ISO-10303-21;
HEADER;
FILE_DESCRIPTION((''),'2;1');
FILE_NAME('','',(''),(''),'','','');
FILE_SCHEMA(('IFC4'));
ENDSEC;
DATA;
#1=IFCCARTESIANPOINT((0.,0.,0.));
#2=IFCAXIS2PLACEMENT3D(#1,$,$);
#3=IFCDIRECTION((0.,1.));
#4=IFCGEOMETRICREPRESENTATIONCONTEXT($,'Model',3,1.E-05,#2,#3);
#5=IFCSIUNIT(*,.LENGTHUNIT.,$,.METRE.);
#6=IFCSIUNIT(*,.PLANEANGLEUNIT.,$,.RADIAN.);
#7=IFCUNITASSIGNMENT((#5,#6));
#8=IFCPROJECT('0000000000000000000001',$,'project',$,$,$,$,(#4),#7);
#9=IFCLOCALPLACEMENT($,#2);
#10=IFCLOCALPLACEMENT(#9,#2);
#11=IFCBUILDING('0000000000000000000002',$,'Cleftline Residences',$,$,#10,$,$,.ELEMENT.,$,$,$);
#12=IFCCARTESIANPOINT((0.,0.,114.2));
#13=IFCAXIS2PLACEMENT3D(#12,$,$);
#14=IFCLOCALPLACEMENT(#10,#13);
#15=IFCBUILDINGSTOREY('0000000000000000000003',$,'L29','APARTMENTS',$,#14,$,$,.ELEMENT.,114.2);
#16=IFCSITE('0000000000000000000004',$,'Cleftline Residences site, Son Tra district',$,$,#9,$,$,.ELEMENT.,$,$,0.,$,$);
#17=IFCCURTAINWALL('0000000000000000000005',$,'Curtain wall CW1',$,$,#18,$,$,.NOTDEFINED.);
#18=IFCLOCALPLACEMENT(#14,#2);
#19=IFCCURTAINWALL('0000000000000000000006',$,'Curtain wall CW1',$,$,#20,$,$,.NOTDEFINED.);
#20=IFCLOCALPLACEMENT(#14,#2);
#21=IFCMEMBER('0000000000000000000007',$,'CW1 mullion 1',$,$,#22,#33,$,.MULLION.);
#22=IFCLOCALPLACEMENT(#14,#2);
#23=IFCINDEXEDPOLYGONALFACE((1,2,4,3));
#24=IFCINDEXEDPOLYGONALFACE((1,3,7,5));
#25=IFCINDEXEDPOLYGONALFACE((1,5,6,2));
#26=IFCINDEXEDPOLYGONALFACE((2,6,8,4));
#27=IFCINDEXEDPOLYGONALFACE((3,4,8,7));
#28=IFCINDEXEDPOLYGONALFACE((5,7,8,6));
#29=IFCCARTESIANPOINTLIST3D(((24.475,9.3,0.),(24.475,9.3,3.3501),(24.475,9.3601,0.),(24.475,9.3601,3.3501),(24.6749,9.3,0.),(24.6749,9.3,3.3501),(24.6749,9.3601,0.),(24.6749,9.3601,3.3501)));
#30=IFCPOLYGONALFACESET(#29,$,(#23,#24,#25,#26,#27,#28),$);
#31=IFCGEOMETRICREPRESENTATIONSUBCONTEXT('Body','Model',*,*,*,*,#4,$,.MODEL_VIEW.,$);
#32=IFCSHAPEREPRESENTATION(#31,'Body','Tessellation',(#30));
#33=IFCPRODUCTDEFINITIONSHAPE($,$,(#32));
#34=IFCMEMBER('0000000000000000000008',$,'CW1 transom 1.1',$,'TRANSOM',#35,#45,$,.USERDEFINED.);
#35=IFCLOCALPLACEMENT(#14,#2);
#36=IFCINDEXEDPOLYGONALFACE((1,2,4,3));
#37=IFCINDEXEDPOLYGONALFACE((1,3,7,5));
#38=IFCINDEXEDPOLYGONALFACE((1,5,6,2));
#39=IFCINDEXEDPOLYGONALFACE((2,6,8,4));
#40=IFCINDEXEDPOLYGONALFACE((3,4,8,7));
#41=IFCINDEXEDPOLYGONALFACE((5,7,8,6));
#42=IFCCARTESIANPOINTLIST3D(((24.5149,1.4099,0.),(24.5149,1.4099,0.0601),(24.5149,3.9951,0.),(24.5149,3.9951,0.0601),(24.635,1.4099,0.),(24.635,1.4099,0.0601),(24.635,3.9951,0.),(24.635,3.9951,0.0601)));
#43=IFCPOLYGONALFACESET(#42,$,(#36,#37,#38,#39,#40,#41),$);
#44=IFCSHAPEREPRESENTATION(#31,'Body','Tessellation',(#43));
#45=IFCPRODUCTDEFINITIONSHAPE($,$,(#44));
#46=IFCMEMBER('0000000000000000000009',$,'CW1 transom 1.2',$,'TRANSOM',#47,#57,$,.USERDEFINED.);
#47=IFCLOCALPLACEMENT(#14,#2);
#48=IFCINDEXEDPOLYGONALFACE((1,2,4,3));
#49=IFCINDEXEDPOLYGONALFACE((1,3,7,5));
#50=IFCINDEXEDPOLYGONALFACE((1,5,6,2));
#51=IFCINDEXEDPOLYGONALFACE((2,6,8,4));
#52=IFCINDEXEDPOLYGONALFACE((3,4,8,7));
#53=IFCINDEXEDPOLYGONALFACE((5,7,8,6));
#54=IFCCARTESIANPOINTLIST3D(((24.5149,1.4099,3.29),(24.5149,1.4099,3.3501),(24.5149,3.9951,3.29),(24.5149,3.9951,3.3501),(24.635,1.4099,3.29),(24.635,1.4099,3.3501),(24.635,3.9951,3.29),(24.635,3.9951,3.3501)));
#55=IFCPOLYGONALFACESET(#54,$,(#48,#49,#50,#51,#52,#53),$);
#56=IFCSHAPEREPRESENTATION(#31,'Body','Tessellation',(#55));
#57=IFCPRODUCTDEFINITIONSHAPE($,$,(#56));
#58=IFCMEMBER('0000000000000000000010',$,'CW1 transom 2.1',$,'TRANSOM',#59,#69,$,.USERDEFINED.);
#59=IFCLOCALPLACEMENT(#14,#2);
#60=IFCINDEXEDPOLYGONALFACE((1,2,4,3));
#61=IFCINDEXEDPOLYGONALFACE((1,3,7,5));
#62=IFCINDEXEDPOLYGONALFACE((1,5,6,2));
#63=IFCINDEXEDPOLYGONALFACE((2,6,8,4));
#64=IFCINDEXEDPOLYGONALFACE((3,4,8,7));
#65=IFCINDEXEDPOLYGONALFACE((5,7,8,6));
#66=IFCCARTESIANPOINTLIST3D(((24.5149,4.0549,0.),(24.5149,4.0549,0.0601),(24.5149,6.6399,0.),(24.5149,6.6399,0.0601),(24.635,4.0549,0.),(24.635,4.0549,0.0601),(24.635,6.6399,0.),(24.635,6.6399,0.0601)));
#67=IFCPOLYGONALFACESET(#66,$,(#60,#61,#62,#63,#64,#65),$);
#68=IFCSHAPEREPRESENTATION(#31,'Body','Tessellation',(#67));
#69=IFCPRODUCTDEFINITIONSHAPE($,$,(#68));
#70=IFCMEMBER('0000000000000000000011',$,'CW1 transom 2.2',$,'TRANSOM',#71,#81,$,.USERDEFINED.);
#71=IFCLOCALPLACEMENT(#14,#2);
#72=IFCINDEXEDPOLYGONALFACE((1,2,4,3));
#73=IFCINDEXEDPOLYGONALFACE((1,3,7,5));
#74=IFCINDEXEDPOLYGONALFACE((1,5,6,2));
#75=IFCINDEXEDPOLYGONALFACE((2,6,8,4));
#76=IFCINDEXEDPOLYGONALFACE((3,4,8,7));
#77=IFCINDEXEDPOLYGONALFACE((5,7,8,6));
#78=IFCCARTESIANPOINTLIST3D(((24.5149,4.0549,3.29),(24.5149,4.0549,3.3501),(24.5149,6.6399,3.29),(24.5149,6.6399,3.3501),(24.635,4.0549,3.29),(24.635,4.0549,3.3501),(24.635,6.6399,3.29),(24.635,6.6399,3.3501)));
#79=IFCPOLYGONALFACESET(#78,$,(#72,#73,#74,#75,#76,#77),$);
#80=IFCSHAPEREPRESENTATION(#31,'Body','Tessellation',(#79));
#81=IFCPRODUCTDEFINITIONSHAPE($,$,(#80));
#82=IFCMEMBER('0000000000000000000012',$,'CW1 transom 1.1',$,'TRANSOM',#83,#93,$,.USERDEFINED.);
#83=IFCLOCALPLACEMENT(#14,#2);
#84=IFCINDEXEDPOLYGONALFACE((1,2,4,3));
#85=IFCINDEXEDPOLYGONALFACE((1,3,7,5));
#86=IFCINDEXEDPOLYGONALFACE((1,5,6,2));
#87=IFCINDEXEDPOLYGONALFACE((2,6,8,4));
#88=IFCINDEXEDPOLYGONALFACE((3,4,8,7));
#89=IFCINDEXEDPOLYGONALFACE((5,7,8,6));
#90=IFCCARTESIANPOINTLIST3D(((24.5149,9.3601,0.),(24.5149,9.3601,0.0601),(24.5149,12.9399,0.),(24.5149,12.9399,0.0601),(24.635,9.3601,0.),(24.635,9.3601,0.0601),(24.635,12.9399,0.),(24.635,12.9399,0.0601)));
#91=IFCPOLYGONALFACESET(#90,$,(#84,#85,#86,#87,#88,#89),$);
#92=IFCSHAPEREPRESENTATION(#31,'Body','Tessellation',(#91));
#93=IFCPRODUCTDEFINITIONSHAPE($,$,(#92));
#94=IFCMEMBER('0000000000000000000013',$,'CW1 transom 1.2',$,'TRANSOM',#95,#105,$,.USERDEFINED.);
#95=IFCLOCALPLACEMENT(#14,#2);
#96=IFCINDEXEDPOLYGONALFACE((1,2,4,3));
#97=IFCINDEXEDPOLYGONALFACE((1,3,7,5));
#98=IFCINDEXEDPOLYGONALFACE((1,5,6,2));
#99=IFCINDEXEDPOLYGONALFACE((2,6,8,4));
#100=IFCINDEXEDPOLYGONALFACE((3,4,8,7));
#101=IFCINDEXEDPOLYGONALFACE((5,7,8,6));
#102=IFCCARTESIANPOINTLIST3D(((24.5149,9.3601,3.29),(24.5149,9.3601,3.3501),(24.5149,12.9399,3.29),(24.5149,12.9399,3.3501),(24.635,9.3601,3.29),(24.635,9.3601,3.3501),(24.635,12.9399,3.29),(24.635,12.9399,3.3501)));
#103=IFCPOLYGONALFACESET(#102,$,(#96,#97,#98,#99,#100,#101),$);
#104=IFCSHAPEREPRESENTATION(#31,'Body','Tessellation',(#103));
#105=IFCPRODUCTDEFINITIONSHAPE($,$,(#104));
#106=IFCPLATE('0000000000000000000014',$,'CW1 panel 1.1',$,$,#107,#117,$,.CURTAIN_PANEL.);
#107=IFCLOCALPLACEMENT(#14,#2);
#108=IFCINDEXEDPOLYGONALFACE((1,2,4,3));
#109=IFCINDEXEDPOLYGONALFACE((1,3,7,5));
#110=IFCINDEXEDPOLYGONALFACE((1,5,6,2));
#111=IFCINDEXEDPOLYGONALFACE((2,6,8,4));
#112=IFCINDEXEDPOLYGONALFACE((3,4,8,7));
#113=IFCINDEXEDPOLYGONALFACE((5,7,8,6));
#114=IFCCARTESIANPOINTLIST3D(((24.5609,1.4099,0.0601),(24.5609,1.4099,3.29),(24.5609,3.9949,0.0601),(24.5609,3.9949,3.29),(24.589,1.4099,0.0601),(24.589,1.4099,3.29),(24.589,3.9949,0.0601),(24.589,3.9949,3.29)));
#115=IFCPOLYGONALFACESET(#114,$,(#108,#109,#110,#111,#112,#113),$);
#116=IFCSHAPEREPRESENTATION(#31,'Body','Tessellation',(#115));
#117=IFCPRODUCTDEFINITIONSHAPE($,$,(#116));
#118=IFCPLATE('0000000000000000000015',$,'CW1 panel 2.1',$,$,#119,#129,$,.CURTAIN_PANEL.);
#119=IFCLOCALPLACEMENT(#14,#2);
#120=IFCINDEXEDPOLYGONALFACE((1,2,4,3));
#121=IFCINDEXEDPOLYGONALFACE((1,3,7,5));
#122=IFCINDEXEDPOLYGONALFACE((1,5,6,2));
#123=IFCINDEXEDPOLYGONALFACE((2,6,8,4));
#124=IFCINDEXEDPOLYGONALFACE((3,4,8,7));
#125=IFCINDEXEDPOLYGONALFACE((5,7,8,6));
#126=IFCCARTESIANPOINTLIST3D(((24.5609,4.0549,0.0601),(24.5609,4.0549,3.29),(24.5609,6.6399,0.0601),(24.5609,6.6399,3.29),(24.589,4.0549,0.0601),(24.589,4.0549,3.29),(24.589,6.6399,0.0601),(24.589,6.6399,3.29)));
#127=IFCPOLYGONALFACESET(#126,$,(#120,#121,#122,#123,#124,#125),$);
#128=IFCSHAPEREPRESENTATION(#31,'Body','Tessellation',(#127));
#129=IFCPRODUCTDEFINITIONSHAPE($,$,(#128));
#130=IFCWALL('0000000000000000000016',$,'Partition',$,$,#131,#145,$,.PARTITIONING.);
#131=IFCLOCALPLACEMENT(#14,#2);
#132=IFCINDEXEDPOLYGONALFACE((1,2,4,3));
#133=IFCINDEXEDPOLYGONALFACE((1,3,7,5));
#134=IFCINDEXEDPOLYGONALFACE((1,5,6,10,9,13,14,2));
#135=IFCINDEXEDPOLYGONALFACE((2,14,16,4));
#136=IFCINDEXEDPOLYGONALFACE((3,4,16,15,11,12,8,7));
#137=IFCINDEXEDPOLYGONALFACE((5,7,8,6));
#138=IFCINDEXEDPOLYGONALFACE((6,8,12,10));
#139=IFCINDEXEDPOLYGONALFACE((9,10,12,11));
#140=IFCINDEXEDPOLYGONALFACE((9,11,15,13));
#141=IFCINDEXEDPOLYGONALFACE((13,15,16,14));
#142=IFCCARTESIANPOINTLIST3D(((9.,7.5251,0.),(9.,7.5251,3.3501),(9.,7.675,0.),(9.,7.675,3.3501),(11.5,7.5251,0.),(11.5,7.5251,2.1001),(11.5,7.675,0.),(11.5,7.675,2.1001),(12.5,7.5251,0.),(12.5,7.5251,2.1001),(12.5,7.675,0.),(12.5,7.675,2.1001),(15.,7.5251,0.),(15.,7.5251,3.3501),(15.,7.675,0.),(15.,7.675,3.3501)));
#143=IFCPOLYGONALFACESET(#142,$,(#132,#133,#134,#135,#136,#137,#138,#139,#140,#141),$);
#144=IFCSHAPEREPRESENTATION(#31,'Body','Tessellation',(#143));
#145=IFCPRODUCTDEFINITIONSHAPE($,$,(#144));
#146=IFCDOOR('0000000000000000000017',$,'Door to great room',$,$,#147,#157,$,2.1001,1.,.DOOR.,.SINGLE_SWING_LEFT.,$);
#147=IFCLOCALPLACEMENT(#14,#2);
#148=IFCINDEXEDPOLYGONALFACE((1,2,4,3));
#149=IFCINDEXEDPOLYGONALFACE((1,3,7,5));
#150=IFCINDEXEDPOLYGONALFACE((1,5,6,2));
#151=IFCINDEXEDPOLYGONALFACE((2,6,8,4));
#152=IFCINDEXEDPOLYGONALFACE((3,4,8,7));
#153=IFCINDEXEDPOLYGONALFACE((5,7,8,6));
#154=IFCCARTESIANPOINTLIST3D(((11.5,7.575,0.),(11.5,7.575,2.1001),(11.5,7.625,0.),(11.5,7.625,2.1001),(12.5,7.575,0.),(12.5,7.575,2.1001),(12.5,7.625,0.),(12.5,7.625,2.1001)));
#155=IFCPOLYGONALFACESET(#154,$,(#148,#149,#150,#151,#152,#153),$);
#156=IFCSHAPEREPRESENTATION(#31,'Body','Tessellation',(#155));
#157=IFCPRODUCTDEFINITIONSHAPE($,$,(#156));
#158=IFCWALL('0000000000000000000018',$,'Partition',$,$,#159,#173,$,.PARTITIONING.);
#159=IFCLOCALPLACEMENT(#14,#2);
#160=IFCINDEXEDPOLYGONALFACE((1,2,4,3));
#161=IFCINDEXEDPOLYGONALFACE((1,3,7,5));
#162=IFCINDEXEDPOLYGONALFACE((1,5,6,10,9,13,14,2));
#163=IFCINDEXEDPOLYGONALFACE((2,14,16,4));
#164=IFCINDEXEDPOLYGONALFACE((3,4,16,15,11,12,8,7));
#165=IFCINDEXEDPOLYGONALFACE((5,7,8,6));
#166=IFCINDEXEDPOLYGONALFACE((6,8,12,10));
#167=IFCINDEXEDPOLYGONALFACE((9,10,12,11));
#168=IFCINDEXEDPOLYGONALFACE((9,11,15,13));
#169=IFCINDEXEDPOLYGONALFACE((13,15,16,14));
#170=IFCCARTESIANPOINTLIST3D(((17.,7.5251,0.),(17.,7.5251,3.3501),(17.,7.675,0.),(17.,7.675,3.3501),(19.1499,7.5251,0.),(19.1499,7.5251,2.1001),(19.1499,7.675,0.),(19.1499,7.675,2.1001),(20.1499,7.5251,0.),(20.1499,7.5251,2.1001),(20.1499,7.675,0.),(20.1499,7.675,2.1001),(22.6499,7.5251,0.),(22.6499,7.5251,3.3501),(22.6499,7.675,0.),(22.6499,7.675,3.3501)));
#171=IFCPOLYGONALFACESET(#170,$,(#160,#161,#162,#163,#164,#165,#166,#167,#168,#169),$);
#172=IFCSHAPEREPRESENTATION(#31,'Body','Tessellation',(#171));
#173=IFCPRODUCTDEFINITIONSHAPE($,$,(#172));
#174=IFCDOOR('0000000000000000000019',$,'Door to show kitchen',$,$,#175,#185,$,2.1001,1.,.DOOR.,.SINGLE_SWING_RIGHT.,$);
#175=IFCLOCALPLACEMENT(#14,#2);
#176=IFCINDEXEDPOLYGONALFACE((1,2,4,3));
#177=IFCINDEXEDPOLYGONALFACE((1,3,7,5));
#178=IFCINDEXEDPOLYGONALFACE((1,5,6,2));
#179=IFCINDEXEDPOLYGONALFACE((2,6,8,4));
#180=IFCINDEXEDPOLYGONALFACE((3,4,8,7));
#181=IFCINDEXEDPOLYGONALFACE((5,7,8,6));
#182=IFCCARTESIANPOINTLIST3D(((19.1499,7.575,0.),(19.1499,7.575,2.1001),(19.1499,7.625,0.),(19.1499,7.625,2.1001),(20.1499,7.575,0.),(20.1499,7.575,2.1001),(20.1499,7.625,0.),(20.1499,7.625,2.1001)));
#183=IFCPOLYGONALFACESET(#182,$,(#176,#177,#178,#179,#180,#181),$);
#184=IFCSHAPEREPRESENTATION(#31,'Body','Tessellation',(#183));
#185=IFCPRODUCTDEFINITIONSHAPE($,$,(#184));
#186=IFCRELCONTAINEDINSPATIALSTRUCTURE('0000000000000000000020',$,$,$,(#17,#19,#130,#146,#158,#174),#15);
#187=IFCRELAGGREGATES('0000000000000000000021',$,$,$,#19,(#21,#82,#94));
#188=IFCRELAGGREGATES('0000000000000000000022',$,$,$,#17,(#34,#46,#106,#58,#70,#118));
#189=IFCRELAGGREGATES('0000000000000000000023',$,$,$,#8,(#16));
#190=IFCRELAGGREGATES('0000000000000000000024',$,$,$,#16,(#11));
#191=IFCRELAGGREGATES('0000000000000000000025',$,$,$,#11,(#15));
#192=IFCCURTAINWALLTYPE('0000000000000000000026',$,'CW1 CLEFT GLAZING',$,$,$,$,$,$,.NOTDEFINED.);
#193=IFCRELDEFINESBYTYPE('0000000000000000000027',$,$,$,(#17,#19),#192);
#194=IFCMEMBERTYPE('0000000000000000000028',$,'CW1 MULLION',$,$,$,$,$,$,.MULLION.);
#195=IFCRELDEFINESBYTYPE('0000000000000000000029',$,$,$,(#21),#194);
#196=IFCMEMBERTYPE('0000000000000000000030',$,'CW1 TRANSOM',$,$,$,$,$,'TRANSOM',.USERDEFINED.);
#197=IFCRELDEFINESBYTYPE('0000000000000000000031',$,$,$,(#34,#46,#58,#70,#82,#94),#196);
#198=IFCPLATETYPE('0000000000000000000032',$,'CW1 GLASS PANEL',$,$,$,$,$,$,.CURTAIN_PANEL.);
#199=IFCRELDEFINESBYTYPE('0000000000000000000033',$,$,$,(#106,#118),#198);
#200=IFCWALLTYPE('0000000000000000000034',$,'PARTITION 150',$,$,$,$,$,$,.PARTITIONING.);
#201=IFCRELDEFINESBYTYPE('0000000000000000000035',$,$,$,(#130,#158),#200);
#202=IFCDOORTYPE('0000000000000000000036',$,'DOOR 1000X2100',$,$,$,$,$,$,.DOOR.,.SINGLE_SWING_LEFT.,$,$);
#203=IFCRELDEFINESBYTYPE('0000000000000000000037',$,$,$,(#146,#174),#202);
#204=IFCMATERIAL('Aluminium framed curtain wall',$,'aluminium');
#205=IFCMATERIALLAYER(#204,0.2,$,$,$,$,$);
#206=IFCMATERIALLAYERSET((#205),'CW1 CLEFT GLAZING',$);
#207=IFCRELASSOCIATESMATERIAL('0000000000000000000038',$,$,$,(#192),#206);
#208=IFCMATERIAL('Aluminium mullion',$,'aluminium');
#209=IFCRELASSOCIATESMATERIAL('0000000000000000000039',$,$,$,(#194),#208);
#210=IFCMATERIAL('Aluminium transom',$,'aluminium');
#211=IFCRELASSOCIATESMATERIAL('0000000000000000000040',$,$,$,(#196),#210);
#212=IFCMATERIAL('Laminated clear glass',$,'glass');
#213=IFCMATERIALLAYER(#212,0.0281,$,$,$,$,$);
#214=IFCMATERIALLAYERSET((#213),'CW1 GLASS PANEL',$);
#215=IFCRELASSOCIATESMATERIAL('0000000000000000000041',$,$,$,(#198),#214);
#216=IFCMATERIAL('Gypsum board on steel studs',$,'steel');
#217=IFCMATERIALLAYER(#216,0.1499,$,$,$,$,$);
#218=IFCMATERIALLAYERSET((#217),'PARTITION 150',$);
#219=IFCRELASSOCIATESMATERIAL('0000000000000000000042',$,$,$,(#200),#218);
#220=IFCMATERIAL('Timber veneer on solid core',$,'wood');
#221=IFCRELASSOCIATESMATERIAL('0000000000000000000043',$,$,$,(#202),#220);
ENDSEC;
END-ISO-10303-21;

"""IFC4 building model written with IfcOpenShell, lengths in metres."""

from ifc_helpers import new_model, si_unit, direction, frame, frame_2d, origin, origin_2d, place, context, subcontext, project, spatial, rectangle, extrude, material, layer, layer_set, material_profile, profile_set, type_object, element, fill, aggregate, save


model = new_model("IFC4")

# Units and contexts
model_context = context("Model", 3, precision=1e-05, world=origin(), true_north=direction((0.0, 1.0)))
body_context = subcontext(model_context, "Body", "Model", "MODEL_VIEW")
ifc_project = project(units=[si_unit("LENGTHUNIT", "METRE"), si_unit("PLANEANGLEUNIT", "RADIAN")], contexts=[model_context])

# Site, building, storey
site_placement = place(None, origin())
site = spatial("IfcSite", under=ifc_project, at=site_placement, Name="Cleftline Residences site, Son Tra district", CompositionType="ELEMENT", RefElevation=0.0)
building_placement = place(site_placement, origin())
building = spatial("IfcBuilding", under=site, at=building_placement, Name="Cleftline Residences", CompositionType="ELEMENT")
storey_placement = place(building_placement, frame((0.0, 0.0, 114.2)))
storey = spatial("IfcBuildingStorey", under=building, at=storey_placement, Name="L29", Description="APARTMENTS", CompositionType="ELEMENT", Elevation=114.2)

# Curtain wall
ifc_material_1 = material(Name="Aluminium framed curtain wall", Category="aluminium")
ifc_layer_1 = layer(ifc_material_1, 0.2)
ifc_layer_set_1 = layer_set([ifc_layer_1], Name="CW1 CLEFT GLAZING")
curtain_wall_type = type_object("IfcCurtainWallType", Name="CW1 CLEFT GLAZING", PredefinedType="NOTDEFINED", material=ifc_layer_set_1)
curtain_wall_1_placement = place(storey_placement, origin())
curtain_wall_1 = element("IfcCurtainWall", 1, at=curtain_wall_1_placement, inside=storey, type_object=curtain_wall_type, Name="Curtain wall CW1", PredefinedType="NOTDEFINED")
ifc_material_2 = material(Name="Aluminium mullion", Category="aluminium")
ifc_material_profile_1 = material_profile(ifc_material_2, rectangle(XDim=0.2, YDim=0.0601, at=origin_2d()))
ifc_profile_set_1 = profile_set([ifc_material_profile_1], Name="Aluminium mullion")
member_type_1 = type_object("IfcMemberType", Name="CW1 MULLION", PredefinedType="MULLION", material=ifc_profile_set_1)

# Curtain wall, member
curtain_wall_2_placement = place(storey_placement, origin())
curtain_wall_2 = element("IfcCurtainWall", 2, at=curtain_wall_2_placement, inside=storey, type_object=curtain_wall_type, Name="Curtain wall CW1", PredefinedType="NOTDEFINED")
member_1_placement = place(storey_placement, frame((24.575, 9.3301, 0.0), z_axis=(0.0, 0.0, 1.0), x_axis=(-1.0, 0.0, 0.0)))
member_1 = element("IfcMember", 3, at=member_1_placement, type_object=member_type_1, Name="CW1 mullion 1", PredefinedType="MULLION", context=body_context, shape_type="SweptSolid", body=[
    extrude(rectangle(XDim=0.2, YDim=0.0601, at=origin_2d()), origin(), (0.0, 0.0, 1.0), 3.3501),
])

# Members
ifc_material_3 = material(Name="Aluminium transom", Category="aluminium")
ifc_material_profile_2 = material_profile(ifc_material_3, rectangle(XDim=0.1201, YDim=0.0601, at=origin_2d()))
ifc_profile_set_2 = profile_set([ifc_material_profile_2], Name="Aluminium transom")
member_type_2 = type_object("IfcMemberType", Name="CW1 TRANSOM", ElementType="TRANSOM", PredefinedType="USERDEFINED", material=ifc_profile_set_2)
member_2_placement = place(storey_placement, frame((24.575, 1.4099, 0.03), z_axis=(0.0, 1.0, 0.0), x_axis=(-1.0, 0.0, 0.0)))
member_2 = element("IfcMember", 4, at=member_2_placement, type_object=member_type_2, Name="CW1 transom 1.1", ObjectType="TRANSOM", PredefinedType="USERDEFINED", context=body_context, shape_type="SweptSolid", body=[
    extrude(rectangle(XDim=0.1201, YDim=0.0601, at=origin_2d()), origin(), (0.0, 0.0, 1.0), 2.5852),
])
member_3_placement = place(storey_placement, frame((24.575, 1.4099, 3.3201), z_axis=(0.0, 1.0, 0.0), x_axis=(-1.0, 0.0, 0.0)))
member_3 = element("IfcMember", 5, at=member_3_placement, type_object=member_type_2, Name="CW1 transom 1.2", ObjectType="TRANSOM", PredefinedType="USERDEFINED", context=body_context, shape_type="SweptSolid", body=[
    extrude(rectangle(XDim=0.1201, YDim=0.0601, at=origin_2d()), origin(), (0.0, 0.0, 1.0), 2.5852),
])
member_4_placement = place(storey_placement, frame((24.575, 4.0549, 0.03), z_axis=(0.0, 1.0, 0.0), x_axis=(-1.0, 0.0, 0.0)))
member_4 = element("IfcMember", 6, at=member_4_placement, type_object=member_type_2, Name="CW1 transom 2.1", ObjectType="TRANSOM", PredefinedType="USERDEFINED", context=body_context, shape_type="SweptSolid", body=[
    extrude(rectangle(XDim=0.1201, YDim=0.0601, at=origin_2d()), origin(), (0.0, 0.0, 1.0), 2.585),
])
member_5_placement = place(storey_placement, frame((24.575, 4.0549, 3.3201), z_axis=(0.0, 1.0, 0.0), x_axis=(-1.0, 0.0, 0.0)))
member_5 = element("IfcMember", 7, at=member_5_placement, type_object=member_type_2, Name="CW1 transom 2.2", ObjectType="TRANSOM", PredefinedType="USERDEFINED", context=body_context, shape_type="SweptSolid", body=[
    extrude(rectangle(XDim=0.1201, YDim=0.0601, at=origin_2d()), origin(), (0.0, 0.0, 1.0), 2.585),
])
member_6_placement = place(storey_placement, frame((24.575, 9.3601, 0.03), z_axis=(0.0, 1.0, 0.0), x_axis=(-1.0, 0.0, 0.0)))
member_6 = element("IfcMember", 8, at=member_6_placement, type_object=member_type_2, Name="CW1 transom 1.1", ObjectType="TRANSOM", PredefinedType="USERDEFINED", context=body_context, shape_type="SweptSolid", body=[
    extrude(rectangle(XDim=0.1201, YDim=0.0601, at=origin_2d()), origin(), (0.0, 0.0, 1.0), 3.5798),
])
member_7_placement = place(storey_placement, frame((24.575, 9.3601, 3.3201), z_axis=(0.0, 1.0, 0.0), x_axis=(-1.0, 0.0, 0.0)))
member_7 = element("IfcMember", 9, at=member_7_placement, type_object=member_type_2, Name="CW1 transom 1.2", ObjectType="TRANSOM", PredefinedType="USERDEFINED", context=body_context, shape_type="SweptSolid", body=[
    extrude(rectangle(XDim=0.1201, YDim=0.0601, at=origin_2d()), origin(), (0.0, 0.0, 1.0), 3.5798),
])
aggregate(curtain_wall_2, [member_1, member_6, member_7])

# Plates
ifc_material_4 = material(Name="Laminated clear glass", Category="glass")
ifc_layer_2 = layer(ifc_material_4, 0.0281)
ifc_layer_set_2 = layer_set([ifc_layer_2], Name="CW1 GLASS PANEL")
plate_type = type_object("IfcPlateType", Name="CW1 GLASS PANEL", PredefinedType="CURTAIN_PANEL", material=ifc_layer_set_2)
plate_1_placement = place(storey_placement, frame((24.575, 2.7024, 0.0601), z_axis=(0.0, 0.0, 1.0), x_axis=(0.0, 1.0, 0.0)))
plate_1 = element("IfcPlate", 10, at=plate_1_placement, type_object=plate_type, Name="CW1 panel 1.1", PredefinedType="CURTAIN_PANEL", context=body_context, shape_type="SweptSolid", body=[
    extrude(rectangle(XDim=2.585, YDim=0.0281, at=origin_2d()), origin(), (0.0, 0.0, 1.0), 3.23),
])
plate_2_placement = place(storey_placement, frame((24.575, 5.3474, 0.0601), z_axis=(0.0, 0.0, 1.0), x_axis=(0.0, 1.0, 0.0)))
plate_2 = element("IfcPlate", 11, at=plate_2_placement, type_object=plate_type, Name="CW1 panel 2.1", PredefinedType="CURTAIN_PANEL", context=body_context, shape_type="SweptSolid", body=[
    extrude(rectangle(XDim=2.585, YDim=0.0281, at=origin_2d()), origin(), (0.0, 0.0, 1.0), 3.23),
])
aggregate(curtain_wall_1, [member_2, member_3, plate_1, member_4, member_5, plate_2])

# Walls, openings, doors
ifc_material_5 = material(Name="Gypsum board on steel studs", Category="steel")
ifc_layer_3 = layer(ifc_material_5, 0.1499)
ifc_layer_set_3 = layer_set([ifc_layer_3], Name="PARTITION 150")
wall_type = type_object("IfcWallType", Name="PARTITION 150", PredefinedType="PARTITIONING", material=ifc_layer_set_3)
wall_1_placement = place(storey_placement, frame((9.0, 7.6001, 0.0), z_axis=(0.0, 0.0, 1.0), x_axis=(1.0, 0.0, 0.0)))
wall_1 = element("IfcWall", 12, at=wall_1_placement, inside=storey, type_object=wall_type, Name="Partition", PredefinedType="PARTITIONING", context=body_context, shape_type="SweptSolid", body=[
    extrude(rectangle(XDim=6.0, YDim=0.1499, at=frame_2d((3.0, 0.0))), origin(), (0.0, 0.0, 1.0), 3.3501),
])
opening_1_placement = place(wall_1_placement, frame((2.5, 0.0, 0.0)))
opening_1 = element("IfcOpeningElement", 13, at=opening_1_placement, cuts=wall_1, PredefinedType="OPENING", context=body_context, shape_type="SweptSolid", body=[
    extrude(rectangle(XDim=1.0, YDim=2.1001, at=frame_2d((0.5, 1.05))), frame((0.0, 0.085, 0.0), z_axis=(0.0, -1.0, 0.0), x_axis=(1.0, 0.0, 0.0)), (0.0, 0.0, 1.0), 0.1699),
])
ifc_material_6 = material(Name="Timber veneer on solid core", Category="wood")
door_type_1 = type_object("IfcDoorType", Name="DOOR 1000X2100", OperationType="SINGLE_SWING_LEFT", PredefinedType="DOOR", material=ifc_material_6)
door_1_placement = place(opening_1_placement, origin())
door_1 = element("IfcDoor", 14, at=door_1_placement, inside=storey, type_object=door_type_1, Name="Door to great room", OperationType="SINGLE_SWING_LEFT", OverallHeight=2.1001, OverallWidth=1.0, PredefinedType="DOOR", context=body_context, shape_type="SweptSolid", body=[
    extrude(rectangle(XDim=1.0, YDim=2.1001, at=frame_2d((0.5, 1.05))), frame((0.0, 0.0249, 0.0), z_axis=(0.0, -1.0, 0.0), x_axis=(1.0, 0.0, 0.0)), (0.0, 0.0, 1.0), 0.05),
])
fill(opening_1, door_1)
wall_2_placement = place(storey_placement, frame((17.0, 7.6001, 0.0), z_axis=(0.0, 0.0, 1.0), x_axis=(1.0, 0.0, 0.0)))
wall_2 = element("IfcWall", 15, at=wall_2_placement, inside=storey, type_object=wall_type, Name="Partition", PredefinedType="PARTITIONING", context=body_context, shape_type="SweptSolid", body=[
    extrude(rectangle(XDim=5.6499, YDim=0.1499, at=frame_2d((2.825, 0.0))), origin(), (0.0, 0.0, 1.0), 3.3501),
])
opening_2_placement = place(wall_2_placement, frame((2.1499, 0.0, 0.0)))
opening_2 = element("IfcOpeningElement", 16, at=opening_2_placement, cuts=wall_2, PredefinedType="OPENING", context=body_context, shape_type="SweptSolid", body=[
    extrude(rectangle(XDim=1.0, YDim=2.1001, at=frame_2d((0.5, 1.05))), frame((0.0, 0.085, 0.0), z_axis=(0.0, -1.0, 0.0), x_axis=(1.0, 0.0, 0.0)), (0.0, 0.0, 1.0), 0.1699),
])
door_2_placement = place(opening_2_placement, origin())
door_2 = element("IfcDoor", 17, at=door_2_placement, inside=storey, type_object=door_type_1, Name="Door to show kitchen", OperationType="SINGLE_SWING_RIGHT", OverallHeight=2.1001, OverallWidth=1.0, PredefinedType="DOOR", context=body_context, shape_type="SweptSolid", body=[
    extrude(rectangle(XDim=1.0, YDim=2.1001, at=frame_2d((0.5, 1.05))), frame((0.0, 0.0249, 0.0), z_axis=(0.0, -1.0, 0.0), x_axis=(1.0, 0.0, 0.0)), (0.0, 0.0, 1.0), 0.05),
])
fill(opening_2, door_2)

save(model, "model.ifc")
